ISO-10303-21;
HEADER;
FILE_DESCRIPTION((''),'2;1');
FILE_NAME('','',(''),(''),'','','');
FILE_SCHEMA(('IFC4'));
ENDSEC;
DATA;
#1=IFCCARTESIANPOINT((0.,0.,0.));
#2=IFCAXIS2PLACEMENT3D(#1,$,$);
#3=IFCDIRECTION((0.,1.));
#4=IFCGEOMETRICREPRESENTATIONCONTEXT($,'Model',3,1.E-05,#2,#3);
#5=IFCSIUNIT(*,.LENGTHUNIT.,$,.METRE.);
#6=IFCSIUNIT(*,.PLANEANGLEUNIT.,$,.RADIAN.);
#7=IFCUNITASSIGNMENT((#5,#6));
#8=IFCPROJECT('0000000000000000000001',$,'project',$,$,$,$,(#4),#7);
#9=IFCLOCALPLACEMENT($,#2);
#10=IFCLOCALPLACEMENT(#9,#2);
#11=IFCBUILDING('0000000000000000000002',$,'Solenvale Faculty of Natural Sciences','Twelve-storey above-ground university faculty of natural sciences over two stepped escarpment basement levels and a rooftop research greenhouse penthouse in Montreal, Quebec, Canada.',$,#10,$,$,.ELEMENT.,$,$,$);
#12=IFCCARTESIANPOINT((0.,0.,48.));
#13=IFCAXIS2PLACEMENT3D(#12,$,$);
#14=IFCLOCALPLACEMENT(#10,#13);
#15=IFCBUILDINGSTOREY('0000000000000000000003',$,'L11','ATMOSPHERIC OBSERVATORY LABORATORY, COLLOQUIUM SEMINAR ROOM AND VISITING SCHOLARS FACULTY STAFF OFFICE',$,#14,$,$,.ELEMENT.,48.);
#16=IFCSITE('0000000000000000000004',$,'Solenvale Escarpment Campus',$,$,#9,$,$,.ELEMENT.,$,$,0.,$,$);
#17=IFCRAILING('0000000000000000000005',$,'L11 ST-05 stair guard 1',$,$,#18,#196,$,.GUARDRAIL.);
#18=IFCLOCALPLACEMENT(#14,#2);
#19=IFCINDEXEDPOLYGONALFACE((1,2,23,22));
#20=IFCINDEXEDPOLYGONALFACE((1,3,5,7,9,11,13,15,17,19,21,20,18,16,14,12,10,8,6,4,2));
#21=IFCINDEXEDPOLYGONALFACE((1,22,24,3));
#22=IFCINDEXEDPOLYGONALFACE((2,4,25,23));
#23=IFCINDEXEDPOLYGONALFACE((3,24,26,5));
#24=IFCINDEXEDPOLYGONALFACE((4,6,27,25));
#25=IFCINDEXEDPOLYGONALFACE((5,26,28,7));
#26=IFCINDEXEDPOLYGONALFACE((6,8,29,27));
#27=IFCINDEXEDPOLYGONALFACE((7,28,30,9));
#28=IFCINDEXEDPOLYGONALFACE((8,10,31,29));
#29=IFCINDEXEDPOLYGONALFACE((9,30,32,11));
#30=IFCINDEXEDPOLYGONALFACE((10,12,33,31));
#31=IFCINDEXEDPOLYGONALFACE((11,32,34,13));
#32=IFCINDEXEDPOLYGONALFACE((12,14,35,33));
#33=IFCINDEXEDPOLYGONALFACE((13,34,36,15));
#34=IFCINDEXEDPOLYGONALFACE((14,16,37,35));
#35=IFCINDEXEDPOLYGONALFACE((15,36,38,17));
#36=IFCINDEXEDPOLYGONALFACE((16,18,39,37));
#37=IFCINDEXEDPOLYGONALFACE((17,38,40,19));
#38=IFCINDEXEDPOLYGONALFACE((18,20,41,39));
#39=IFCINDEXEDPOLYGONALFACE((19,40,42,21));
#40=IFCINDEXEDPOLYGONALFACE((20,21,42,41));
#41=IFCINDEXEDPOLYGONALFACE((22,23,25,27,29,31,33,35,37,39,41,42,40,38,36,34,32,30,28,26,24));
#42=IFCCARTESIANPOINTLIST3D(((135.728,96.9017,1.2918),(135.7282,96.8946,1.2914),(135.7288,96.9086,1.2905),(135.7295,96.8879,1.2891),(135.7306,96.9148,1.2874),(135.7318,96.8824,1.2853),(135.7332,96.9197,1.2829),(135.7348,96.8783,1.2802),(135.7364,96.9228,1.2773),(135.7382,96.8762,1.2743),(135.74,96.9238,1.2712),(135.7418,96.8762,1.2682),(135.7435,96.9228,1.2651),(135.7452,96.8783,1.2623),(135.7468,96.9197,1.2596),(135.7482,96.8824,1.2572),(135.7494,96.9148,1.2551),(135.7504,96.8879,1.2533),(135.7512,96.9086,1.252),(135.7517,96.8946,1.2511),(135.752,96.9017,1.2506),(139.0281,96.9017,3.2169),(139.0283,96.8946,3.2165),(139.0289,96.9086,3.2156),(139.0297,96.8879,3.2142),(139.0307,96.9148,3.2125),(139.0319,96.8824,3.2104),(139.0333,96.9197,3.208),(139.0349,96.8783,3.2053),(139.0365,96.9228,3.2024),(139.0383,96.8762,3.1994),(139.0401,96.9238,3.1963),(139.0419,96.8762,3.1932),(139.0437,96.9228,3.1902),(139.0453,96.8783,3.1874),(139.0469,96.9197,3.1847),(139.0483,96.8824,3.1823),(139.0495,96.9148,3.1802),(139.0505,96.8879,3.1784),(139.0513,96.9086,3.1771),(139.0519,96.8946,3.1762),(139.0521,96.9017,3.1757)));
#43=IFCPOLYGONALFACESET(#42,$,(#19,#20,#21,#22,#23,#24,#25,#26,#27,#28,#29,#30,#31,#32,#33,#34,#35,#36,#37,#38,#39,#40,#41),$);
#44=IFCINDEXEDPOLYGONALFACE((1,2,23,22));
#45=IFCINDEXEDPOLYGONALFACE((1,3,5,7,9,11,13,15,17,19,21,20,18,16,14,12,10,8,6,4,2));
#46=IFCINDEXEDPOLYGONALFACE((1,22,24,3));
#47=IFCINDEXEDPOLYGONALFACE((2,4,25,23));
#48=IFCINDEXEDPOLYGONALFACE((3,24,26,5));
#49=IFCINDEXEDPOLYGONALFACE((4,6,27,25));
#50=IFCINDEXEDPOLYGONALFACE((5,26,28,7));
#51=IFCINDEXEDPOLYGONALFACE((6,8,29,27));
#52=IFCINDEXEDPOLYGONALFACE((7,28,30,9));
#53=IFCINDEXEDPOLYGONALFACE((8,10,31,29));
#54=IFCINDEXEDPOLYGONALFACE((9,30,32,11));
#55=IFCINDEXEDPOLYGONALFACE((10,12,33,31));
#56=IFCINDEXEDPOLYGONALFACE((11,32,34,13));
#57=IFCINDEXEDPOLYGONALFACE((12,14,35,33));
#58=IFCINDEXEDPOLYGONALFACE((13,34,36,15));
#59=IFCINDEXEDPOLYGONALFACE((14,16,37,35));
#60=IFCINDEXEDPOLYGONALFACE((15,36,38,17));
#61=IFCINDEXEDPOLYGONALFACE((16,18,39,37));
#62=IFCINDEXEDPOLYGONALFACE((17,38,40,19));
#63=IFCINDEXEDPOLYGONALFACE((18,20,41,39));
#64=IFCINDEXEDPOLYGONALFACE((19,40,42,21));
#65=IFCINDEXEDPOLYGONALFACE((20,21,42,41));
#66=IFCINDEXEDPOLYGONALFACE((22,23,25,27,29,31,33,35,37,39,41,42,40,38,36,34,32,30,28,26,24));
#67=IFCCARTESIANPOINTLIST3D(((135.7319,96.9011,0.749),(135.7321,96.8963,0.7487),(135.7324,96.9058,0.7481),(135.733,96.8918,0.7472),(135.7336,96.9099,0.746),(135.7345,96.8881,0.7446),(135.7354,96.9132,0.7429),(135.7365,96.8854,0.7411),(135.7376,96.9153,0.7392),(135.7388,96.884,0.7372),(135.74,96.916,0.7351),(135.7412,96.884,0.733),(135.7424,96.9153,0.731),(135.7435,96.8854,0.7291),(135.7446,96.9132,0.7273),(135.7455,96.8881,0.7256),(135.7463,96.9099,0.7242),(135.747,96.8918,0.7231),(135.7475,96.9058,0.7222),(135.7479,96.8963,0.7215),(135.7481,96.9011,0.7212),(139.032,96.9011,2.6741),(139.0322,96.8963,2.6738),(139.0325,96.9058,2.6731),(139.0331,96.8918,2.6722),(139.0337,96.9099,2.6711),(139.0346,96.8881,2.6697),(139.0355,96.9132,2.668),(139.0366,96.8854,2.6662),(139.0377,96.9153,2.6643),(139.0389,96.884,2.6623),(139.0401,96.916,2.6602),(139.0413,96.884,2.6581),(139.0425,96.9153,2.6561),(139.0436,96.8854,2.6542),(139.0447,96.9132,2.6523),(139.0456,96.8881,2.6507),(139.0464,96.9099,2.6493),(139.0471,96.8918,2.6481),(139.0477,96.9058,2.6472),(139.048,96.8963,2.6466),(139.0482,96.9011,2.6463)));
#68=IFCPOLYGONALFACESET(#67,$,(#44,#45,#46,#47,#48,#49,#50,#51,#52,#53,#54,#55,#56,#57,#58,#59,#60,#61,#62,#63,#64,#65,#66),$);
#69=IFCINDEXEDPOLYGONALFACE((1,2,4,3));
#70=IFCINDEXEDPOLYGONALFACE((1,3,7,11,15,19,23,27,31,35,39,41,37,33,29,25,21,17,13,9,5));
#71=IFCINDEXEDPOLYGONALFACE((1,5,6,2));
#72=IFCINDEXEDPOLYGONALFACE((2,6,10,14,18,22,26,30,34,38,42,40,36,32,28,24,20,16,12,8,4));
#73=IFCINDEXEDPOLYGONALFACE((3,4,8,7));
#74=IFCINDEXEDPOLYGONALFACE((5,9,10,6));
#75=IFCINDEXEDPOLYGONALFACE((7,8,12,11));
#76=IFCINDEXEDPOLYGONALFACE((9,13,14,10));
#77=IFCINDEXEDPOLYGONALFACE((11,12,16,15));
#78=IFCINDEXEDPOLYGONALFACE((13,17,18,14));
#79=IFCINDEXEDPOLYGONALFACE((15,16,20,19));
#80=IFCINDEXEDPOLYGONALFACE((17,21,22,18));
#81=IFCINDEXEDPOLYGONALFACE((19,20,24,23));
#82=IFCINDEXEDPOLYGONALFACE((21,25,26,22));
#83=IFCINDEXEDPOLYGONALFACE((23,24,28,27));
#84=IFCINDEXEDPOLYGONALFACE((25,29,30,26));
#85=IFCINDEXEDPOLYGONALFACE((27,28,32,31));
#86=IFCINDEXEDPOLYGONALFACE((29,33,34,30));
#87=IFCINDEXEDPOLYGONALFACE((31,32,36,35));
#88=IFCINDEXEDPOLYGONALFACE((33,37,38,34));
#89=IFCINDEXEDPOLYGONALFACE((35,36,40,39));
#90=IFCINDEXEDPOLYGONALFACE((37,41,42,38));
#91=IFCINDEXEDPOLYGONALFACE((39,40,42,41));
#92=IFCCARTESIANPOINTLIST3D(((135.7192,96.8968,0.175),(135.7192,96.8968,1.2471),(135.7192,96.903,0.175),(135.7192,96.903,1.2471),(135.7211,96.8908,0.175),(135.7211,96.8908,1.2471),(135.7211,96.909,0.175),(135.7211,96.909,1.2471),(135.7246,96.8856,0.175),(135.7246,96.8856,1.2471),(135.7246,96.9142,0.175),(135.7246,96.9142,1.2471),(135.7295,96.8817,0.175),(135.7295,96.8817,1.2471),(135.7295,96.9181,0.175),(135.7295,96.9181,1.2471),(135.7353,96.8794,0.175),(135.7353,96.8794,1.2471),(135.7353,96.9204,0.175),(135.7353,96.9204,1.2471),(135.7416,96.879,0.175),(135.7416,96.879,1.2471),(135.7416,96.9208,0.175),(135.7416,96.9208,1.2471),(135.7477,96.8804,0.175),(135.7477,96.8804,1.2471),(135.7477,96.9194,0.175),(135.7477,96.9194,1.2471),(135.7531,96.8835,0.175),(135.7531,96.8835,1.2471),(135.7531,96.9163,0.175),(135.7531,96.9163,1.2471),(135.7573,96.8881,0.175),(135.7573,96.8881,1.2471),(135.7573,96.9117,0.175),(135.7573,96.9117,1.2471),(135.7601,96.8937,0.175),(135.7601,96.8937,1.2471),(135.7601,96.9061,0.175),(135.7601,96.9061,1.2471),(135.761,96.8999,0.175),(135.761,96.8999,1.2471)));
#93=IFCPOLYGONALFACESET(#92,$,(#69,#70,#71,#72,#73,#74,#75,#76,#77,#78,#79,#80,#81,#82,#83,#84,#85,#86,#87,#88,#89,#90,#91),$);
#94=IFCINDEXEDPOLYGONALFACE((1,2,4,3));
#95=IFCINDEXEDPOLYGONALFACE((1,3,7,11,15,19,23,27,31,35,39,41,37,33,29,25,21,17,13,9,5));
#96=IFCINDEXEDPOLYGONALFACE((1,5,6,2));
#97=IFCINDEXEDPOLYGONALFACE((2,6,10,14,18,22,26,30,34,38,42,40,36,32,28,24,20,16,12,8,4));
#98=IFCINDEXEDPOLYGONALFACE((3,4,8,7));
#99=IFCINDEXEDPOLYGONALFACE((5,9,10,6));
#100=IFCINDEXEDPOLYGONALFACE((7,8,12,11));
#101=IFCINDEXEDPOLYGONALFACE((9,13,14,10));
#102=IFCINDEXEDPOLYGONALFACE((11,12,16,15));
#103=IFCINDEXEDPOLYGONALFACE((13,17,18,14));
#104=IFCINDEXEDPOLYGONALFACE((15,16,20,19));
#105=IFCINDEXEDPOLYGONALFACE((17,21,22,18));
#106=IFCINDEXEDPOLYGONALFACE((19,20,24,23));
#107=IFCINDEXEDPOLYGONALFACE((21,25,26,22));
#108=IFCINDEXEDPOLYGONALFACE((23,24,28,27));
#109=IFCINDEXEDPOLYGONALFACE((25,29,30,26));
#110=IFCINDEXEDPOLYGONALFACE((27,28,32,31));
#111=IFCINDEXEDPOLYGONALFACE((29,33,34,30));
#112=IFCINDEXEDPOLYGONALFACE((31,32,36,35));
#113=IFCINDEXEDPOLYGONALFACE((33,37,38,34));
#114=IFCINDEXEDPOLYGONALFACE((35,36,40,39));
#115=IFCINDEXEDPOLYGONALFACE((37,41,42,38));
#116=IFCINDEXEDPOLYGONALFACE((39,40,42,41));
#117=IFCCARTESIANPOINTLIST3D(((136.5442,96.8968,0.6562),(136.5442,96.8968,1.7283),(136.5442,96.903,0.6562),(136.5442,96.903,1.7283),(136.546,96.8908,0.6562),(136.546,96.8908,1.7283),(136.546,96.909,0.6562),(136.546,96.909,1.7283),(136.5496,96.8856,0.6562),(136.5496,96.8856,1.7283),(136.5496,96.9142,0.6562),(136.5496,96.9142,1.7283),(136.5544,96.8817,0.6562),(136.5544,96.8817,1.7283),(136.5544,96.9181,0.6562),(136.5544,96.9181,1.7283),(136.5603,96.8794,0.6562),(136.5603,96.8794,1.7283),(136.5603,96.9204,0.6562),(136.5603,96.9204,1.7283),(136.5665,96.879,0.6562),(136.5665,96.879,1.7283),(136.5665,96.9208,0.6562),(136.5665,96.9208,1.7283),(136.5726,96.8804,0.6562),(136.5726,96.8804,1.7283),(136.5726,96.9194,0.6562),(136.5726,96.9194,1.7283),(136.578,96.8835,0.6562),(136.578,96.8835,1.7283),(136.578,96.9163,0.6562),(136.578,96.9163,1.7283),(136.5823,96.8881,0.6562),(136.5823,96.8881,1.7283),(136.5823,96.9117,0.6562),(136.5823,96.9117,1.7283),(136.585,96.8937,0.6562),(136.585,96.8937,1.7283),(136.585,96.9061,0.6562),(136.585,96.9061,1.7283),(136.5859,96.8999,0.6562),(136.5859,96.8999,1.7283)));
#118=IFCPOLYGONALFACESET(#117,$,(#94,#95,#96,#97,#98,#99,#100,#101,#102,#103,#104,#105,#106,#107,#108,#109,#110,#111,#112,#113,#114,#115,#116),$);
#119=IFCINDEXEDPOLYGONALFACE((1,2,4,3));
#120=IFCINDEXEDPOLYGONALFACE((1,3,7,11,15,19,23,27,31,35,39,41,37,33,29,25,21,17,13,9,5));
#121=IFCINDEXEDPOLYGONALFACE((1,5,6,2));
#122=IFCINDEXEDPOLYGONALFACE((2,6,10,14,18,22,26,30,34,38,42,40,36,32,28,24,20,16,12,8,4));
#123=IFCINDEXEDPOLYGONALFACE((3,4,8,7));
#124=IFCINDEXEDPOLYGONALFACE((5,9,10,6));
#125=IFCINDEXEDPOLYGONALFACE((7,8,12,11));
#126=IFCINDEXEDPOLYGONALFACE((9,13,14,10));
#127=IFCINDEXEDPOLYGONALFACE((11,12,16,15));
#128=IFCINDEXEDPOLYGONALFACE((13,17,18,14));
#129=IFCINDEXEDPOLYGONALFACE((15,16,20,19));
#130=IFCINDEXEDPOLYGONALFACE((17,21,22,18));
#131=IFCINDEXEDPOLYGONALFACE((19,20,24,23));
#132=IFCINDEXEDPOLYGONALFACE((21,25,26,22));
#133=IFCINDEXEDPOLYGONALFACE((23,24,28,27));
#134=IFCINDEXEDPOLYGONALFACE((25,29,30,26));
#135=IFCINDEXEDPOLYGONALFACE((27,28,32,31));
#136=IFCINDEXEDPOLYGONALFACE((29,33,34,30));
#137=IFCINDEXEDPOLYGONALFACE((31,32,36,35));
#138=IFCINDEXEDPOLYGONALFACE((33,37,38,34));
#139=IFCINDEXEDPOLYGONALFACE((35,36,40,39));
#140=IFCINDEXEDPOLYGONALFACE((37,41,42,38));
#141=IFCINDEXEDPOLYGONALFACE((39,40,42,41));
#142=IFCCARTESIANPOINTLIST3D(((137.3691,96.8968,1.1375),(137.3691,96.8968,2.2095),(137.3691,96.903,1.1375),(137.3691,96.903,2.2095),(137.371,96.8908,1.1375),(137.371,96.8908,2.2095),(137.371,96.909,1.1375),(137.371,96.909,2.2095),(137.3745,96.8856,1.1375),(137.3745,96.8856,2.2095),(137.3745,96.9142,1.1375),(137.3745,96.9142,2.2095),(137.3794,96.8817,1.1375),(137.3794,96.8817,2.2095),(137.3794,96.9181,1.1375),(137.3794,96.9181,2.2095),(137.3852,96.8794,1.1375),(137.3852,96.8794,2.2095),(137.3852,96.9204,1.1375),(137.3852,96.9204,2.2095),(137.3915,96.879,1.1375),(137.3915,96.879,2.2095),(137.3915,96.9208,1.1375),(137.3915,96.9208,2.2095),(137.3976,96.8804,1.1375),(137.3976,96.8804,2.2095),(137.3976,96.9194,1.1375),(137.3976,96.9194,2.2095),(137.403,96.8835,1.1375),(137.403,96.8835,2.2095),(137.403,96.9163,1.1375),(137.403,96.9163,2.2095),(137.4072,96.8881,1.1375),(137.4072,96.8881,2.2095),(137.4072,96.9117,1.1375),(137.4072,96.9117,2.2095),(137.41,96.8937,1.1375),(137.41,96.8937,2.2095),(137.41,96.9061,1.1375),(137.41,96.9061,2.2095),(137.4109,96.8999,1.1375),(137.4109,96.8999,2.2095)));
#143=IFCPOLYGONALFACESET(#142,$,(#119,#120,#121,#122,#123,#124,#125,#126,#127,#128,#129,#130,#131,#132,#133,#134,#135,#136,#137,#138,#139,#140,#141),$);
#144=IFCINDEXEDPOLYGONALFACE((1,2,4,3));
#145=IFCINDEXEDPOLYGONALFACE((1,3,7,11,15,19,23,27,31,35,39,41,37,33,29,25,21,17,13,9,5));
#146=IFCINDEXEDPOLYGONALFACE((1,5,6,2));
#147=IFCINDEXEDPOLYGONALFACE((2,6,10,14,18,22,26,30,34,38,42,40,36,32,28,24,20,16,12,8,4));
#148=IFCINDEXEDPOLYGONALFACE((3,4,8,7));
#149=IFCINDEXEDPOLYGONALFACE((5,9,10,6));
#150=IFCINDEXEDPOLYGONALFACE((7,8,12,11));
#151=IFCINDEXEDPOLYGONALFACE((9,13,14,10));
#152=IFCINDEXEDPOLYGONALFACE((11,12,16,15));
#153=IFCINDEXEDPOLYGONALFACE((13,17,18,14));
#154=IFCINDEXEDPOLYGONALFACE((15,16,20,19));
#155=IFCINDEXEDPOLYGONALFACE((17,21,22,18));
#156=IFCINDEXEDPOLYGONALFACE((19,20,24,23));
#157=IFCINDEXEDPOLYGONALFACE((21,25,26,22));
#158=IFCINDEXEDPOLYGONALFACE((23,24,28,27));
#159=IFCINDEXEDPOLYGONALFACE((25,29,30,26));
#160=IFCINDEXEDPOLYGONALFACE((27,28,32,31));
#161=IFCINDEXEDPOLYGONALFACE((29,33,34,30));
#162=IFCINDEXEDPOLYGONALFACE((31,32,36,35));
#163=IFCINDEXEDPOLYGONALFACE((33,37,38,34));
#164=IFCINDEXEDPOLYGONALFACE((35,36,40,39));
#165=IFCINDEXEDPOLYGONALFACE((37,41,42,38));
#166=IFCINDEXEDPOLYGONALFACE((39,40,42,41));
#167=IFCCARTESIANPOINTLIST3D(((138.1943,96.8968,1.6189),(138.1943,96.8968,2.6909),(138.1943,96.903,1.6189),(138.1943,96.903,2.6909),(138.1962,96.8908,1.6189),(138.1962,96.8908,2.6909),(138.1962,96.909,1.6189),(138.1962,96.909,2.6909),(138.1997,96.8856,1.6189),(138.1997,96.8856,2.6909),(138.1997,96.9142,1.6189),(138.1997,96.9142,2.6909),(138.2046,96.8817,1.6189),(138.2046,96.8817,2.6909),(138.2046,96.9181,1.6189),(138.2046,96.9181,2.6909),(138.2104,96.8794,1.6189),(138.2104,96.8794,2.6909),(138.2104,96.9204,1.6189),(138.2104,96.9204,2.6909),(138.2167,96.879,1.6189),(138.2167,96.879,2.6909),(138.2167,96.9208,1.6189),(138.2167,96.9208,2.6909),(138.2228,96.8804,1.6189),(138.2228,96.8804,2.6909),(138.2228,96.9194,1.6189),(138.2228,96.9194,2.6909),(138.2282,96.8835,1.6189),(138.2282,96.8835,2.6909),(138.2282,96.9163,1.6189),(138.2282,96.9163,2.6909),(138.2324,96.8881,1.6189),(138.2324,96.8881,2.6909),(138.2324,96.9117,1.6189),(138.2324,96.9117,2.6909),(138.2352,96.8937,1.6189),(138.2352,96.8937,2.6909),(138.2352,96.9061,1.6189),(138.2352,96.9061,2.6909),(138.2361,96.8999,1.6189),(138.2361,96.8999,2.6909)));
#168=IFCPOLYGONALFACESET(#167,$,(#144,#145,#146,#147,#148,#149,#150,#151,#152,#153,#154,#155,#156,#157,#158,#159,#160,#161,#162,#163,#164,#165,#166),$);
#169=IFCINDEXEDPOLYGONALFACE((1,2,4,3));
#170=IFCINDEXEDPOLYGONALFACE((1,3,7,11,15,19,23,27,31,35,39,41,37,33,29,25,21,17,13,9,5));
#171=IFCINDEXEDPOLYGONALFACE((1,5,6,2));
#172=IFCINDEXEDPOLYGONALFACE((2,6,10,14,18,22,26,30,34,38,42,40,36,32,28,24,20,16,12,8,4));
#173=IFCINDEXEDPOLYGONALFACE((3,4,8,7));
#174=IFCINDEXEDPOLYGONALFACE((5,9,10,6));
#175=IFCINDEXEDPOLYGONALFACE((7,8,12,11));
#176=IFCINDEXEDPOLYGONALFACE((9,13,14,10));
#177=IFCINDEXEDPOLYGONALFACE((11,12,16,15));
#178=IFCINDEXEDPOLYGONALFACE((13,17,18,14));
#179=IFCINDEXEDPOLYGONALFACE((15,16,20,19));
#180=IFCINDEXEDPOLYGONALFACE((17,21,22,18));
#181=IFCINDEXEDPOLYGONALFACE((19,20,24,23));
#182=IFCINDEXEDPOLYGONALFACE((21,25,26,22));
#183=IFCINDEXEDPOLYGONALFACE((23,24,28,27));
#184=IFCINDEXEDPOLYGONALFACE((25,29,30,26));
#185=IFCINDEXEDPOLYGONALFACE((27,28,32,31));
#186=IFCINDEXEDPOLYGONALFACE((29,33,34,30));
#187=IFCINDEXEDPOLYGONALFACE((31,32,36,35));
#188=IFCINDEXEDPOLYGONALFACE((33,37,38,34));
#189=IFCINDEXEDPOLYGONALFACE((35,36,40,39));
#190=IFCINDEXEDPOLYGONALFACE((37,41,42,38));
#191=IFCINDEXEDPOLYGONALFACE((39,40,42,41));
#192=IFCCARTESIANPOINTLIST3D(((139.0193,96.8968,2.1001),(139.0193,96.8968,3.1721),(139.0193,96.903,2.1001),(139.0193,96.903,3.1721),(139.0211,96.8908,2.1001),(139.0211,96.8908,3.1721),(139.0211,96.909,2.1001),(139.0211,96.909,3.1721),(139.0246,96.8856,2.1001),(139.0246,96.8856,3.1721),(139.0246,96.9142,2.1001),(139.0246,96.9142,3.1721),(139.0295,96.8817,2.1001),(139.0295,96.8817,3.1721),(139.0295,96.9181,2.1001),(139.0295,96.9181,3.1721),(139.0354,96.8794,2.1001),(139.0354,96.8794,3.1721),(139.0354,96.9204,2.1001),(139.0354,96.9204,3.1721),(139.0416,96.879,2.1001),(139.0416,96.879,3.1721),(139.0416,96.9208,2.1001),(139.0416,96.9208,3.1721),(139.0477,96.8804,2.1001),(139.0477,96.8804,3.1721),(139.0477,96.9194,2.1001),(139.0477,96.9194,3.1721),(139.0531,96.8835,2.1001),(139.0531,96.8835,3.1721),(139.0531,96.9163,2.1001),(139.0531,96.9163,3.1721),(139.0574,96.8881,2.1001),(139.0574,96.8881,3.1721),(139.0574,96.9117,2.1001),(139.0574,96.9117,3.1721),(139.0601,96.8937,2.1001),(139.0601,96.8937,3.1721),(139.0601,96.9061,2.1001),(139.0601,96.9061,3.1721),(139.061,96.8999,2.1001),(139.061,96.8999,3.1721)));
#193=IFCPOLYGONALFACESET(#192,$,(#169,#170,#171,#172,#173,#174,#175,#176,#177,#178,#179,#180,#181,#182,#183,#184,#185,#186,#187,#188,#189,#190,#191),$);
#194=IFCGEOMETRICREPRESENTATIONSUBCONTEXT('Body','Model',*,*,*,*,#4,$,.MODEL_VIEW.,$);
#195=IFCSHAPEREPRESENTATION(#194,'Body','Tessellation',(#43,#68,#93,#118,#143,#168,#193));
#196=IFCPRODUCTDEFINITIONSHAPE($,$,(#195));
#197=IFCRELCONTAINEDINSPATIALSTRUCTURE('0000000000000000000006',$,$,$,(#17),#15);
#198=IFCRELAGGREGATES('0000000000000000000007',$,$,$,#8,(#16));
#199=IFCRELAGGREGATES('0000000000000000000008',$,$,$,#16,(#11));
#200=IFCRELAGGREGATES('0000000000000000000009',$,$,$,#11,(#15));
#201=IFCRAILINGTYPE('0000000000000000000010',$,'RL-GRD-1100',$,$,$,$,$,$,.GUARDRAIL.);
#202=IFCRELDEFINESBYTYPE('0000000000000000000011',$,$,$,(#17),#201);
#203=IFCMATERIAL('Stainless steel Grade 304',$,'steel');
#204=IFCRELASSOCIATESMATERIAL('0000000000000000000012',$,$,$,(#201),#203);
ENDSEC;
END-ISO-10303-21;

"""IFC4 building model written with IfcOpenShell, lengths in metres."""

from ifc_helpers import new_model, si_unit, direction, frame, origin, origin_2d, place, context, subcontext, project, spatial, circle, extrude, material, type_object, element, save


model = new_model("IFC4")

# Units and contexts
model_context = context("Model", 3, precision=1e-05, world=origin(), true_north=direction((0.0, 1.0)))
body_context = subcontext(model_context, "Body", "Model", "MODEL_VIEW")
ifc_project = project(units=[si_unit("LENGTHUNIT", "METRE"), si_unit("PLANEANGLEUNIT", "RADIAN")], contexts=[model_context])

# Site, building, storey
site_placement = place(None, origin())
site = spatial("IfcSite", under=ifc_project, at=site_placement, Name="Solenvale Escarpment Campus", CompositionType="ELEMENT", RefElevation=0.0)
building_placement = place(site_placement, origin())
building = spatial("IfcBuilding", under=site, at=building_placement, Name="Solenvale Faculty of Natural Sciences", Description="Twelve-storey above-ground university faculty of natural sciences over two stepped escarpment basement levels and a rooftop research greenhouse penthouse in Montreal, Quebec, Canada.", CompositionType="ELEMENT")
storey_placement = place(building_placement, frame((0.0, 0.0, 48.0)))
storey = spatial("IfcBuildingStorey", under=building, at=storey_placement, Name="L11", Description="ATMOSPHERIC OBSERVATORY LABORATORY, COLLOQUIUM SEMINAR ROOM AND VISITING SCHOLARS FACULTY STAFF OFFICE", CompositionType="ELEMENT", Elevation=48.0)

# Railing
ifc_material_1 = material(Name="Stainless steel Grade 304", Category="steel")
railing_type_1 = type_object("IfcRailingType", Name="RL-GRD-1100", PredefinedType="GUARDRAIL", material=ifc_material_1)
railing_1_placement = place(storey_placement, frame((135.74, 96.8999, 0.175)))
element("IfcRailing", 1, at=railing_1_placement, inside=storey, type_object=railing_type_1, Name="L11 ST-05 stair guard 1", PredefinedType="GUARDRAIL", context=body_context, shape_type="SweptSolid", body=[
    extrude(circle(Radius=0.0239, at=origin_2d()), frame((0.0, 0.0, 1.0962), z_axis=(0.863777, 0.0, 0.503875), x_axis=(0.0, 1.0, 0.0)), (0.0, 0.0, 1.0), 3.8206),
    extrude(circle(Radius=0.0161, at=origin_2d()), frame((0.0, 0.0, 0.5601), z_axis=(0.863777, 0.0, 0.503875), x_axis=(0.0, 1.0, 0.0)), (0.0, 0.0, 1.0), 3.8206),
    extrude(circle(Radius=0.021, at=origin_2d()), origin(), (0.0, 0.0, 1.0), 1.072),
    extrude(circle(Radius=0.021, at=origin_2d()), frame((0.825, 0.0, 0.4812)), (0.0, 0.0, 1.0), 1.072),
    extrude(circle(Radius=0.021, at=origin_2d()), frame((1.6499, 0.0, 0.9624)), (0.0, 0.0, 1.0), 1.072),
    extrude(circle(Radius=0.021, at=origin_2d()), frame((2.4751, 0.0, 1.4438)), (0.0, 0.0, 1.0), 1.072),
    extrude(circle(Radius=0.021, at=origin_2d()), frame((3.3, 0.0, 1.925)), (0.0, 0.0, 1.0), 1.072),
])

save(model, "model.ifc")
